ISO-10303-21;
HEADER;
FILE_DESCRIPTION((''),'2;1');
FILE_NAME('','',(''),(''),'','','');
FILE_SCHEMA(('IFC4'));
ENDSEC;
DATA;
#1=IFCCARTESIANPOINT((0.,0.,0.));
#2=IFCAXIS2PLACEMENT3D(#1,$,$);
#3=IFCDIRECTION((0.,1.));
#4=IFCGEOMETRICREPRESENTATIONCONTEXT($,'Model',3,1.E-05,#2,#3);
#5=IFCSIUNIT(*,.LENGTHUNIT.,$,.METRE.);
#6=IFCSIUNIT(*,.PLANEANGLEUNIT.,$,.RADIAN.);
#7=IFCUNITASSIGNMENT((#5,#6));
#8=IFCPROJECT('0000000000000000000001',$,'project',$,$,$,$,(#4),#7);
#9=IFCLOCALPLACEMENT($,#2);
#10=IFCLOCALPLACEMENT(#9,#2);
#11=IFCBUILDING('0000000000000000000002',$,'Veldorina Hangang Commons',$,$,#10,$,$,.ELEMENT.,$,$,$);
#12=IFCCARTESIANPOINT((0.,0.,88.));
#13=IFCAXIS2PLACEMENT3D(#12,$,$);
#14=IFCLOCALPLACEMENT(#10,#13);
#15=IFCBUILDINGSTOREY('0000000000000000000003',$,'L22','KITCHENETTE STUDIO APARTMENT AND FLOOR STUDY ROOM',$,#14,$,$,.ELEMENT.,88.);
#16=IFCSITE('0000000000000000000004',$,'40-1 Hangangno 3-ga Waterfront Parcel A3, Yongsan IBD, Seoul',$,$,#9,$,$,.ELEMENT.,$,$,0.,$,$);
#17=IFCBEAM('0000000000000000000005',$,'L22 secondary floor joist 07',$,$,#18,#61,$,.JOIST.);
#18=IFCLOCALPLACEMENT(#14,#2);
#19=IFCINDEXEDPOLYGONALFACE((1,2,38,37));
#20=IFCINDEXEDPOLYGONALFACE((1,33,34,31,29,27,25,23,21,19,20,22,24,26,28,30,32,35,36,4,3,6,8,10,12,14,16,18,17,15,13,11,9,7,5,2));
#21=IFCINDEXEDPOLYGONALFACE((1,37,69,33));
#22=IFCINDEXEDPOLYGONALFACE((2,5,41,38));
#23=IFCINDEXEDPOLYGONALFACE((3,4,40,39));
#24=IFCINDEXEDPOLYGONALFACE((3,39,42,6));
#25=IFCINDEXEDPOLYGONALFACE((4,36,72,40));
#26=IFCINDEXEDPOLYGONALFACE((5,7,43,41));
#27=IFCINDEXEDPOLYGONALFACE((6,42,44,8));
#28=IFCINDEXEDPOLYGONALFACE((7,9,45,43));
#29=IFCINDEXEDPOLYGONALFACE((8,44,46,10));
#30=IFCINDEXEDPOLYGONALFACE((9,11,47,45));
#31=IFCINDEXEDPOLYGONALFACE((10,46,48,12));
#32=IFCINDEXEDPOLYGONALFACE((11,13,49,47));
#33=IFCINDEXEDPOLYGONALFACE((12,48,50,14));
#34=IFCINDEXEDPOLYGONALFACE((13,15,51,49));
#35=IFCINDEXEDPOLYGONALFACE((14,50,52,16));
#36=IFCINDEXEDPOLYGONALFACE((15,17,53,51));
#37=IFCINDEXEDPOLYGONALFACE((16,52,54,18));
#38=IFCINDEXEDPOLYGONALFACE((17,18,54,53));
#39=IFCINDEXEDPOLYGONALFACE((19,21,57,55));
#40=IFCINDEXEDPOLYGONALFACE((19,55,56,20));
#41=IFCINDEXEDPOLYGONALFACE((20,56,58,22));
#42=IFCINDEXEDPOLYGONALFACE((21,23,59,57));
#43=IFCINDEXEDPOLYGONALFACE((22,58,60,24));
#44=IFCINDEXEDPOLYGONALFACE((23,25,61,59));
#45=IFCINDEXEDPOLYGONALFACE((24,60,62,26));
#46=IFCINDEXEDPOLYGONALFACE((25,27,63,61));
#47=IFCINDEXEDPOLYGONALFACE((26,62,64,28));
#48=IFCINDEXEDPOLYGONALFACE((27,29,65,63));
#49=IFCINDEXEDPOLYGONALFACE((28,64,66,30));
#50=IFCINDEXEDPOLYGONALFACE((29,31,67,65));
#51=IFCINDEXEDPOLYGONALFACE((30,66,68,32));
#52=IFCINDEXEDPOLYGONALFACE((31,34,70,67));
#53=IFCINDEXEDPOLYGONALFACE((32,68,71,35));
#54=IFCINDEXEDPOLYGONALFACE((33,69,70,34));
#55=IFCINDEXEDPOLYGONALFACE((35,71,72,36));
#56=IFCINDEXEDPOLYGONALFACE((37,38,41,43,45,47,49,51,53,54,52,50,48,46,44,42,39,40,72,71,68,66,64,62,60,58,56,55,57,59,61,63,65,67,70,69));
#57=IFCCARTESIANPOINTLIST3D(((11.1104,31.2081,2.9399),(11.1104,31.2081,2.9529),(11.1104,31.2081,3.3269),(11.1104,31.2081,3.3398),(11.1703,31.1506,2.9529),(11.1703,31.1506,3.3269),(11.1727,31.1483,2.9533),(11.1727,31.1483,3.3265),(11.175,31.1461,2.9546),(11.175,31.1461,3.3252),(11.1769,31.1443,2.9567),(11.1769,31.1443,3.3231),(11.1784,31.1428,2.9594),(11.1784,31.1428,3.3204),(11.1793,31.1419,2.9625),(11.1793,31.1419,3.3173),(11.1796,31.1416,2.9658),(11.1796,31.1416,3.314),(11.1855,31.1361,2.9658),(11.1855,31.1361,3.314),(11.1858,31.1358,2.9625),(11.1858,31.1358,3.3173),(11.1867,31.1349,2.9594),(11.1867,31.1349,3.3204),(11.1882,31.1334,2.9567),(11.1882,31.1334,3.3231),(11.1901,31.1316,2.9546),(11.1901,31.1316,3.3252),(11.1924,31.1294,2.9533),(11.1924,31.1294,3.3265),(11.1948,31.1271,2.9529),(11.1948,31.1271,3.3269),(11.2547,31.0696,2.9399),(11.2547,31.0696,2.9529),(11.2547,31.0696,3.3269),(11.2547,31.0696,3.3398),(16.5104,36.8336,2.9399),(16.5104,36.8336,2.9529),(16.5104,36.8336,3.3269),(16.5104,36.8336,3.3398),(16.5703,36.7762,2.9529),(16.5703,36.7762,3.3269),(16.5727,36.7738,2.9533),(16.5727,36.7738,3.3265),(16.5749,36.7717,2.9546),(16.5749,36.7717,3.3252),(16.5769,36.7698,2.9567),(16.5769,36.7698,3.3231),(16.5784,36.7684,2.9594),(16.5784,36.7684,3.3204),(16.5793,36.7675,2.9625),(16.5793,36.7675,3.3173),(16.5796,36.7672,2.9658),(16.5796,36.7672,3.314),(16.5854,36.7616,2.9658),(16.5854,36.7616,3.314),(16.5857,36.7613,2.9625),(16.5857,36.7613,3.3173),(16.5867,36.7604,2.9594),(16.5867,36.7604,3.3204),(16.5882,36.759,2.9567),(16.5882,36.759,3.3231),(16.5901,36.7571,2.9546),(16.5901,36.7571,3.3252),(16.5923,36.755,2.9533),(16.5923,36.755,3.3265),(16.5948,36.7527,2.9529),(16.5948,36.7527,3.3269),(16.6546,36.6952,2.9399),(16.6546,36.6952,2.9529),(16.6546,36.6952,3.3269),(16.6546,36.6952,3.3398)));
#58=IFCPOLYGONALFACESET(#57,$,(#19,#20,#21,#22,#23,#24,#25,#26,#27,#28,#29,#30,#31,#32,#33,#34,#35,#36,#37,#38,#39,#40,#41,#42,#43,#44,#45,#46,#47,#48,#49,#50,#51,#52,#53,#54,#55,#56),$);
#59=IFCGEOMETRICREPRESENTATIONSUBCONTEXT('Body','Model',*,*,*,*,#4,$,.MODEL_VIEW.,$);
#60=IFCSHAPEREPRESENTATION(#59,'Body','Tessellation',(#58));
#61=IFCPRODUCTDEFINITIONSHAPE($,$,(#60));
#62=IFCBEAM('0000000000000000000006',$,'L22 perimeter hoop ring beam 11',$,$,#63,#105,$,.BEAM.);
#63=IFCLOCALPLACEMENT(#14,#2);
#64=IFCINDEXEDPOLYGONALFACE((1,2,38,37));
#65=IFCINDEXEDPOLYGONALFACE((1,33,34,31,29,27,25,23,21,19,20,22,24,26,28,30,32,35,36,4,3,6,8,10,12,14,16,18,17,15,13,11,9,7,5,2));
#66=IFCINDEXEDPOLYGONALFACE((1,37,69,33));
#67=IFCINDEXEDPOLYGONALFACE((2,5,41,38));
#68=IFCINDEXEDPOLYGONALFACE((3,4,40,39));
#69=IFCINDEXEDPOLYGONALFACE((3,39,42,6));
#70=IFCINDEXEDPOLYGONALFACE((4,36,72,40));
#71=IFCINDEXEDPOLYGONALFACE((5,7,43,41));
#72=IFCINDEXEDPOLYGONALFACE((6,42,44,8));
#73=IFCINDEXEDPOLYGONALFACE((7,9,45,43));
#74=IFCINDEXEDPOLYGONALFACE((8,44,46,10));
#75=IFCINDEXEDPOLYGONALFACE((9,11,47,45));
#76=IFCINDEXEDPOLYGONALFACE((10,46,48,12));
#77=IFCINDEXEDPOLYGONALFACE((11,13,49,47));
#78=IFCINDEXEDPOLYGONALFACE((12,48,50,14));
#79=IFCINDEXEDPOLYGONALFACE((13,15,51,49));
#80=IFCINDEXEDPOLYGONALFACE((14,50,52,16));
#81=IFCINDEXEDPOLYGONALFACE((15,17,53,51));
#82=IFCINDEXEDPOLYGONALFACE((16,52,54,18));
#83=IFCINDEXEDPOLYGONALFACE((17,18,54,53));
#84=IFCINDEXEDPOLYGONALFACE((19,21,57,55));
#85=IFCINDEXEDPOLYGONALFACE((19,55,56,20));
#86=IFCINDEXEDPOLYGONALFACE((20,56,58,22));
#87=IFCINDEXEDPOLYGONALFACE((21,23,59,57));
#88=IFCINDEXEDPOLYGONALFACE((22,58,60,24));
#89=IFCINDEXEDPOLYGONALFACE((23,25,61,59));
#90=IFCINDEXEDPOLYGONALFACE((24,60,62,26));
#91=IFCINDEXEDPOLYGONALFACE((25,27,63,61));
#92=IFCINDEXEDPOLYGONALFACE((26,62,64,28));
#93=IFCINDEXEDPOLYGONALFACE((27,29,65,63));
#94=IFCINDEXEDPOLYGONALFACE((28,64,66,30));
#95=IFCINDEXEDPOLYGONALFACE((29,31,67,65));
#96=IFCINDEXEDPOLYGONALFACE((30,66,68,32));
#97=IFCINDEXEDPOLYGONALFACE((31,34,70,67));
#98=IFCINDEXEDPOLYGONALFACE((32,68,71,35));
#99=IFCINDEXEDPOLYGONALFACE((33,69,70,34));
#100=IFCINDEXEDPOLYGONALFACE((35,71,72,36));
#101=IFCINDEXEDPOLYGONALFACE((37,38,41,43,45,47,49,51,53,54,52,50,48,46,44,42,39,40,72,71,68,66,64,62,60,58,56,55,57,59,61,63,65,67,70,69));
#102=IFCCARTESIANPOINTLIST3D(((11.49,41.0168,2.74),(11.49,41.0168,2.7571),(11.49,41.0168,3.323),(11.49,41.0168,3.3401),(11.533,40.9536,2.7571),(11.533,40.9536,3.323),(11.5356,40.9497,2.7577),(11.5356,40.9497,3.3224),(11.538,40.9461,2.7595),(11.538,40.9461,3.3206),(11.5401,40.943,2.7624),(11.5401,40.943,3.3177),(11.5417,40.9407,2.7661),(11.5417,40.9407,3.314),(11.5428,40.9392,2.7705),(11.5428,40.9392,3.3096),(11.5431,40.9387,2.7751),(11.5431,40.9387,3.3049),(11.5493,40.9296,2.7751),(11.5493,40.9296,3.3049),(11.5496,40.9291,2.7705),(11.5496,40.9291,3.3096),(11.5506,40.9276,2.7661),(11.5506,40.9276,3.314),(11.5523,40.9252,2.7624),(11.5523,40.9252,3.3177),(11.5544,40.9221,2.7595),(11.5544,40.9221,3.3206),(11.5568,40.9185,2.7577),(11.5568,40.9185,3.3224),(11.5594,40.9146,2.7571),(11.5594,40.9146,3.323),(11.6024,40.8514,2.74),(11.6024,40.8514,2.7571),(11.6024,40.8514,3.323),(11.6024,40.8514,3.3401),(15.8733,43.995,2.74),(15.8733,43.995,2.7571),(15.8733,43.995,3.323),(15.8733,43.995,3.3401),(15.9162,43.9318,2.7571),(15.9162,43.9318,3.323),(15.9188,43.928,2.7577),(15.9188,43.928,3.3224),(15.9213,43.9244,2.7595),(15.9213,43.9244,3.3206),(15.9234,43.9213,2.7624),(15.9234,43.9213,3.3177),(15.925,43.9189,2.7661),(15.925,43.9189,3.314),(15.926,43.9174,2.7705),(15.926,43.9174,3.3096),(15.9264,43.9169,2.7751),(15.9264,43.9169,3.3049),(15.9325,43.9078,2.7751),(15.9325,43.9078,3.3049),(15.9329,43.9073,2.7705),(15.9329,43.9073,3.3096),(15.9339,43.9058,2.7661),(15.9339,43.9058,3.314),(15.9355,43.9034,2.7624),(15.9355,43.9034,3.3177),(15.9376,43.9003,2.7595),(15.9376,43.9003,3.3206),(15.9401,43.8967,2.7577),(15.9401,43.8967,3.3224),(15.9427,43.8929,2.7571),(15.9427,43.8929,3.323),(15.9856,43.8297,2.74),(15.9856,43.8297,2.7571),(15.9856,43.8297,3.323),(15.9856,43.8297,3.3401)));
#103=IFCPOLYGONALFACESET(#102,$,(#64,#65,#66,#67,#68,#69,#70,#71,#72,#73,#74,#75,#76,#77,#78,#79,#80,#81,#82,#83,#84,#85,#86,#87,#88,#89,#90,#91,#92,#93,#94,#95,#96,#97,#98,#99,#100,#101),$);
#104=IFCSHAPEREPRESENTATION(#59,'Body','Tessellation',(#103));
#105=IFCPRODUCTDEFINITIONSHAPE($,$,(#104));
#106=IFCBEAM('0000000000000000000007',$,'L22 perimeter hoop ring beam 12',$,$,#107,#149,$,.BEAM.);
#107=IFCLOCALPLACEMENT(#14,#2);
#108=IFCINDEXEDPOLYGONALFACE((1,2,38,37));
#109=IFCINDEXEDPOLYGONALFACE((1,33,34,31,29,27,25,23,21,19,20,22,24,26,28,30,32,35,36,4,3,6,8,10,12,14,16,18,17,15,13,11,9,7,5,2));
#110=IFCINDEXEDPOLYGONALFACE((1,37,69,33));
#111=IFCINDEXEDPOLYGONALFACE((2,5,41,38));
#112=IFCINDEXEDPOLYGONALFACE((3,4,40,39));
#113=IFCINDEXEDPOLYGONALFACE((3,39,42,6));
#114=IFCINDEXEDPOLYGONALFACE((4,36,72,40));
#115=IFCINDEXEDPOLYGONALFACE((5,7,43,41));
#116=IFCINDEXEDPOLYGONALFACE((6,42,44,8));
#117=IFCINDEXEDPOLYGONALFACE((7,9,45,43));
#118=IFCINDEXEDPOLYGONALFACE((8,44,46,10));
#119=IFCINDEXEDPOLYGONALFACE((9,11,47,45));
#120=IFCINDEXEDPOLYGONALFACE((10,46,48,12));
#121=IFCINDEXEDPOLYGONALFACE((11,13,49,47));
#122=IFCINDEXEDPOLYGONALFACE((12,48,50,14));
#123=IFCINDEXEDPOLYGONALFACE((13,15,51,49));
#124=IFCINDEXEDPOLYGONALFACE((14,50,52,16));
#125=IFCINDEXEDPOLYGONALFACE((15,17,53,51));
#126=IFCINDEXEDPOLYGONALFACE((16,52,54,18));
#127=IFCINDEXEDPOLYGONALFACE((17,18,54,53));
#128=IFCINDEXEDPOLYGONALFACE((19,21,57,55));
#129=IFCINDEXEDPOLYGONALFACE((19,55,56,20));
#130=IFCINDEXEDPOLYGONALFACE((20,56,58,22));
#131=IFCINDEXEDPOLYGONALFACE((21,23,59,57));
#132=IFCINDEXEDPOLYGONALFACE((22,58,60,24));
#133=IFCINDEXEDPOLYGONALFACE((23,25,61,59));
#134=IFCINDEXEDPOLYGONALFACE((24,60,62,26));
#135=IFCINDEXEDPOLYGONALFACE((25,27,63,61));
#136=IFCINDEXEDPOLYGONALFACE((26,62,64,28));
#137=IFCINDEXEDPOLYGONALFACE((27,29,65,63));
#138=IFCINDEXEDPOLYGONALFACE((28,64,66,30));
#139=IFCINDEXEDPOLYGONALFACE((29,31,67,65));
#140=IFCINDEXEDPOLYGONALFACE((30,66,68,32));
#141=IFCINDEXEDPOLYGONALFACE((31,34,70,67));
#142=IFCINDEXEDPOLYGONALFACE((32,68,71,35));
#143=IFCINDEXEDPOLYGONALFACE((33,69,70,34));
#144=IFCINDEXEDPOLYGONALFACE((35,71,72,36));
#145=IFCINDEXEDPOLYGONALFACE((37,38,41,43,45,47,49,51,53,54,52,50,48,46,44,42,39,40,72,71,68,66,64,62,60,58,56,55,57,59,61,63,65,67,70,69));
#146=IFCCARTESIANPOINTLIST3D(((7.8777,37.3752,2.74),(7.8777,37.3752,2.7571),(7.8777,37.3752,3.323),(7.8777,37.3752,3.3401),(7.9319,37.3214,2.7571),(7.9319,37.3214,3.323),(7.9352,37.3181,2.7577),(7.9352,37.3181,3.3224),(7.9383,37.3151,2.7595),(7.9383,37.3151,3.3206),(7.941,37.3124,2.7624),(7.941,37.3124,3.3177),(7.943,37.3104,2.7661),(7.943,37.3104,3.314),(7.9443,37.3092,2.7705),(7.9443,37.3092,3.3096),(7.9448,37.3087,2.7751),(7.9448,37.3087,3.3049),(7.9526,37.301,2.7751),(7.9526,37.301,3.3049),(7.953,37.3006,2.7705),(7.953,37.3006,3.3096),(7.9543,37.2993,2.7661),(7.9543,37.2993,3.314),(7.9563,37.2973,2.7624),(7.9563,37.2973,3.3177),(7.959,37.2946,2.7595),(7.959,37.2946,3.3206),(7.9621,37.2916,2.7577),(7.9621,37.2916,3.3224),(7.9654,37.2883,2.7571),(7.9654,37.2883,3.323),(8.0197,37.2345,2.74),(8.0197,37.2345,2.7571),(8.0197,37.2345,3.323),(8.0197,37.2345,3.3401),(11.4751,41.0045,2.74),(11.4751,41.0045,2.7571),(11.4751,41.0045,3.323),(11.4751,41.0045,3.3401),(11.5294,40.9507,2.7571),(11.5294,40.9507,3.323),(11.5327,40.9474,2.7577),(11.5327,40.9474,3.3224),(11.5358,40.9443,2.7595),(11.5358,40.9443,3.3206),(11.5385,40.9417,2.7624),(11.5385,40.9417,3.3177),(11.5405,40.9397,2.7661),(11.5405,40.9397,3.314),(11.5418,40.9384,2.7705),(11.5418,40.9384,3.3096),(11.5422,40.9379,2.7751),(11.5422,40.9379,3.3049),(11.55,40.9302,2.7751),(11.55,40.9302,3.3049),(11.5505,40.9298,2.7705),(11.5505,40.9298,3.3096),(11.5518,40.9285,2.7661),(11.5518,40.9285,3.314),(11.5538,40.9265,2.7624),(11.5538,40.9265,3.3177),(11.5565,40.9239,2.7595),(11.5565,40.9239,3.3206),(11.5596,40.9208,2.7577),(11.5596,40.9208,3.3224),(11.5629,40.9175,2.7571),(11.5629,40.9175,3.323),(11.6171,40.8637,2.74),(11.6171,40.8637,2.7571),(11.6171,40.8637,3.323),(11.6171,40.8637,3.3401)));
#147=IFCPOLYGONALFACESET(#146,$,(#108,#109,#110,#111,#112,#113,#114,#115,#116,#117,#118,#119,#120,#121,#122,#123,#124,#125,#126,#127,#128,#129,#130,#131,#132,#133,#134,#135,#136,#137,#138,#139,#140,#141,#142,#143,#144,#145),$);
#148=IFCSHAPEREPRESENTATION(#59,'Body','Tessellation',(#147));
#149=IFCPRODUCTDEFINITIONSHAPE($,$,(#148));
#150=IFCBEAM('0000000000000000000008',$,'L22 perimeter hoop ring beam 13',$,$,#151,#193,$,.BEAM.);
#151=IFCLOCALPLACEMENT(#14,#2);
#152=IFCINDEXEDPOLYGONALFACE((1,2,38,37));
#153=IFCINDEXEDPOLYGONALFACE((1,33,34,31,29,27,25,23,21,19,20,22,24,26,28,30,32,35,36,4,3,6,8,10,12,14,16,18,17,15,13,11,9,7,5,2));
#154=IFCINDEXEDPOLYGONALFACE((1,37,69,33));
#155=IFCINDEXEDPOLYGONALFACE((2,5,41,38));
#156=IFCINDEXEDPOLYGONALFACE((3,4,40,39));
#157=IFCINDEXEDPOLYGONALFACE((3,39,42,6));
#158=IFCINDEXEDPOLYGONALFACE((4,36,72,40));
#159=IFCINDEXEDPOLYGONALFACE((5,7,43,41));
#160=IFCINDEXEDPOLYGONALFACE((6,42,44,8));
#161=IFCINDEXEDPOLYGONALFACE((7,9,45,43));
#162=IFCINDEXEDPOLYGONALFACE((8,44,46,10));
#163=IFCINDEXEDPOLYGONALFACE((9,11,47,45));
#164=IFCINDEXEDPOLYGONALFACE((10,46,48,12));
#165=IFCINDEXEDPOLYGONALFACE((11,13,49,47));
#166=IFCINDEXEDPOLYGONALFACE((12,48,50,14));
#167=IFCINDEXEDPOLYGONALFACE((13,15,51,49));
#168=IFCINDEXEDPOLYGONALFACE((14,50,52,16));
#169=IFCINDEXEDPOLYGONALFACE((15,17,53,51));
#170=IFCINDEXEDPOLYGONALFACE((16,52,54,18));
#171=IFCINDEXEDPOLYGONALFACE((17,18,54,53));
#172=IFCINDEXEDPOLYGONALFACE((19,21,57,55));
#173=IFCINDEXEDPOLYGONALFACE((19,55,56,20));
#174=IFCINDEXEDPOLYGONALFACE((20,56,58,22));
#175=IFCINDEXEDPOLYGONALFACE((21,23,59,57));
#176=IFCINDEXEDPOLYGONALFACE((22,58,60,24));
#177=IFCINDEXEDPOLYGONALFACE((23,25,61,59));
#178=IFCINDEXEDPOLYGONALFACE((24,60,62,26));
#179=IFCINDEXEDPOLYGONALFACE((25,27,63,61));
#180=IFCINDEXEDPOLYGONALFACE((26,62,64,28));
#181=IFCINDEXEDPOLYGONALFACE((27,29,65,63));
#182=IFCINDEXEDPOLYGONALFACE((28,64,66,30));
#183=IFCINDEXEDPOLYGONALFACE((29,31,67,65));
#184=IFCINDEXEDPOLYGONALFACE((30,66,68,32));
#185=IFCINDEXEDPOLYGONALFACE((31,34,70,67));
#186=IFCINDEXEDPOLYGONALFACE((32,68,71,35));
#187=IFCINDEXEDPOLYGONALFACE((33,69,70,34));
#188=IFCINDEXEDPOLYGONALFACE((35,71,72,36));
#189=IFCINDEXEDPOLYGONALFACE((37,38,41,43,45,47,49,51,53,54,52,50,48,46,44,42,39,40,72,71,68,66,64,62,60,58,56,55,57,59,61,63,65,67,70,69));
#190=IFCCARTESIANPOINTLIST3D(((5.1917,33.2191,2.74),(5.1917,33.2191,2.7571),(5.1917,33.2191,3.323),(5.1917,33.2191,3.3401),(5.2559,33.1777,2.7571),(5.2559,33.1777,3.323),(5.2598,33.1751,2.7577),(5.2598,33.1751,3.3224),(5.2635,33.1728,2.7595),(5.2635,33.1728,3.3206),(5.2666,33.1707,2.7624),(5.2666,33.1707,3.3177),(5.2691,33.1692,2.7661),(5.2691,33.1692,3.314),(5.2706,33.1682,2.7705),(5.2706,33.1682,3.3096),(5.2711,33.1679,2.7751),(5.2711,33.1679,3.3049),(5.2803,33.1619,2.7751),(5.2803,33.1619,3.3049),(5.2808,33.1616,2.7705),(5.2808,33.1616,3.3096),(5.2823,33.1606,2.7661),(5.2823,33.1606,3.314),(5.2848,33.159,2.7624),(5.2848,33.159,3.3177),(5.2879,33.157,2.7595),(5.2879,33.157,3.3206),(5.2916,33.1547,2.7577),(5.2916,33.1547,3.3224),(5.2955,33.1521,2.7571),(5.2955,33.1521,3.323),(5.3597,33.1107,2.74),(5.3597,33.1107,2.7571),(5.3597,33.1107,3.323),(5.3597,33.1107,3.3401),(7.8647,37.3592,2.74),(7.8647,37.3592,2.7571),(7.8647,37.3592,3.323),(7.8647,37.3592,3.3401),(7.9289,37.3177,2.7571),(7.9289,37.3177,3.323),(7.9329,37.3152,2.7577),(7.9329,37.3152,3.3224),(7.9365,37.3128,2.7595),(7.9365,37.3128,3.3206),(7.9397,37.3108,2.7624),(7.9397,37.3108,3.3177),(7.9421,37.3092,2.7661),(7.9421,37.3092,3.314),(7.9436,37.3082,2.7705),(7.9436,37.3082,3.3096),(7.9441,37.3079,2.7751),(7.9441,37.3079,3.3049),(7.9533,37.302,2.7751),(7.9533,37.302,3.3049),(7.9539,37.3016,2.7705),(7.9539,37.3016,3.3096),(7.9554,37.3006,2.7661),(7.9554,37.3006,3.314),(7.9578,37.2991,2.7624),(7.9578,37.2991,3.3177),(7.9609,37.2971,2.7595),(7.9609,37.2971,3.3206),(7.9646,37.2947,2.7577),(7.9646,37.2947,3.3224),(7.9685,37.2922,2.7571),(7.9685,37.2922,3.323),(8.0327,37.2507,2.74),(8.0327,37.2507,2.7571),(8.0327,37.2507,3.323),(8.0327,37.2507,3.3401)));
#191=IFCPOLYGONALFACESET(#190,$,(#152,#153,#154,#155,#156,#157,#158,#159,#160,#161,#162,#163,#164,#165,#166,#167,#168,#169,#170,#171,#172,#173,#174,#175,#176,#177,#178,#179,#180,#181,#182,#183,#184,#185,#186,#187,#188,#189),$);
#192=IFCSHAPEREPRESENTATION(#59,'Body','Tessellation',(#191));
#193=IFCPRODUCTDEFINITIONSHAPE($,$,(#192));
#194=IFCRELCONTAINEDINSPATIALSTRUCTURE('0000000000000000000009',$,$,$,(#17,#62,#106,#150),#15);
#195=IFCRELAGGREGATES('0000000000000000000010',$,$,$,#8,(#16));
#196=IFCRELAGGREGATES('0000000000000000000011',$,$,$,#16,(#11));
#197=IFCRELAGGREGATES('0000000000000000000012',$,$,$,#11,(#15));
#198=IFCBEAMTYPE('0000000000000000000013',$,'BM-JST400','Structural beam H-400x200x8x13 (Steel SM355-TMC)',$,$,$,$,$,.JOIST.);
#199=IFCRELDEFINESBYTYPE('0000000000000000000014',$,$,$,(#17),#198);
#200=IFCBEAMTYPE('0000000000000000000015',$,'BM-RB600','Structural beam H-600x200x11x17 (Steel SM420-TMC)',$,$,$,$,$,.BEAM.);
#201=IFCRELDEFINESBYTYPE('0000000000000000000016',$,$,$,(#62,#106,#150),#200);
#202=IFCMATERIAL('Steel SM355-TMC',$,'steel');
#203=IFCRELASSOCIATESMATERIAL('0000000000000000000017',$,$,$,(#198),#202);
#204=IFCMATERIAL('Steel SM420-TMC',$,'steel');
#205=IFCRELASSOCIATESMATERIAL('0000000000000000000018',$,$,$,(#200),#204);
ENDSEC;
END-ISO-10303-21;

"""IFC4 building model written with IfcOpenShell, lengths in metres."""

from ifc_helpers import new_model, si_unit, direction, frame, origin, origin_2d, place, context, subcontext, project, spatial, i_section, extrude, material, material_profile, profile_set, type_object, element, save


model = new_model("IFC4")

# Units and contexts
model_context = context("Model", 3, precision=1e-05, world=origin(), true_north=direction((0.0, 1.0)))
body_context = subcontext(model_context, "Body", "Model", "MODEL_VIEW")
ifc_project = project(units=[si_unit("LENGTHUNIT", "METRE"), si_unit("PLANEANGLEUNIT", "RADIAN")], contexts=[model_context])

# Site, building, storey
site_placement = place(None, origin())
site = spatial("IfcSite", under=ifc_project, at=site_placement, Name="40-1 Hangangno 3-ga Waterfront Parcel A3, Yongsan IBD, Seoul", CompositionType="ELEMENT", RefElevation=0.0)
building_placement = place(site_placement, origin())
building = spatial("IfcBuilding", under=site, at=building_placement, Name="Veldorina Hangang Commons", CompositionType="ELEMENT")
storey_placement = place(building_placement, frame((0.0, 0.0, 88.0)))
storey = spatial("IfcBuildingStorey", under=building, at=storey_placement, Name="L22", Description="KITCHENETTE STUDIO APARTMENT AND FLOOR STUDY ROOM", CompositionType="ELEMENT", Elevation=88.0)

# Beams
ifc_material_1 = material(Name="Steel SM355-TMC", Category="steel")
ifc_material_profile_1 = material_profile(ifc_material_1, i_section(OverallWidth=0.2, OverallDepth=0.3999, WebThickness=0.0081, FlangeThickness=0.0129, FilletRadius=0.0129, at=origin_2d()), Name="H-400x200x8x13")
ifc_profile_set_1 = profile_set([ifc_material_profile_1], Name="Steel SM355-TMC")
beam_type_1 = type_object("IfcBeamType", Name="BM-JST400", Description="Structural beam H-400x200x8x13 (Steel SM355-TMC)", PredefinedType="JOIST", material=ifc_profile_set_1)
beam_1_placement = place(storey_placement, frame((16.5825, 36.7644, 3.1399), z_axis=(-0.692494, -0.721424, 0.0), x_axis=(0.721424, -0.692494, 0.0)))
element("IfcBeam", 1, at=beam_1_placement, inside=storey, type_object=beam_type_1, Name="L22 secondary floor joist 07", PredefinedType="JOIST", context=body_context, shape_type="SweptSolid", body=[
    extrude(i_section(OverallWidth=0.2, OverallDepth=0.3999, WebThickness=0.0081, FlangeThickness=0.0129, FilletRadius=0.0129, at=origin_2d()), origin(), (0.0, 0.0, 1.0), 7.7979),
])
ifc_material_2 = material(Name="Steel SM420-TMC", Category="steel")
ifc_material_profile_2 = material_profile(ifc_material_2, i_section(OverallWidth=0.2, OverallDepth=0.6001, WebThickness=0.011, FlangeThickness=0.0171, FilletRadius=0.0181, at=origin_2d()), Name="H-600x200x11x17")
ifc_profile_set_2 = profile_set([ifc_material_profile_2], Name="Steel SM420-TMC")
beam_type_2 = type_object("IfcBeamType", Name="BM-RB600", Description="Structural beam H-600x200x11x17 (Steel SM420-TMC)", PredefinedType="BEAM", material=ifc_profile_set_2)
beam_2_placement = place(storey_placement, frame((15.9294, 43.9124, 3.04), z_axis=(-0.827135, -0.562004, 0.0), x_axis=(0.562004, -0.827135, 0.0)))
element("IfcBeam", 2, at=beam_2_placement, inside=storey, type_object=beam_type_2, Name="L22 perimeter hoop ring beam 11", PredefinedType="BEAM", context=body_context, shape_type="SweptSolid", body=[
    extrude(i_section(OverallWidth=0.2, OverallDepth=0.6001, WebThickness=0.011, FlangeThickness=0.0171, FilletRadius=0.0181, at=origin_2d()), origin(), (0.0, 0.0, 1.0), 5.2993),
])
beam_3_placement = place(storey_placement, frame((11.5461, 40.9341, 3.04), z_axis=(-0.703994, -0.710205, 0.0), x_axis=(0.710205, -0.703994, 0.0)))
element("IfcBeam", 3, at=beam_3_placement, inside=storey, type_object=beam_type_2, Name="L22 perimeter hoop ring beam 12", PredefinedType="BEAM", context=body_context, shape_type="SweptSolid", body=[
    extrude(i_section(OverallWidth=0.2, OverallDepth=0.6001, WebThickness=0.011, FlangeThickness=0.0171, FilletRadius=0.0181, at=origin_2d()), origin(), (0.0, 0.0, 1.0), 5.1101),
])
beam_4_placement = place(storey_placement, frame((7.9487, 37.3049, 3.04), z_axis=(-0.542419, -0.840108, 0.0), x_axis=(0.840108, -0.542419, 0.0)))
element("IfcBeam", 4, at=beam_4_placement, inside=storey, type_object=beam_type_2, Name="L22 perimeter hoop ring beam 13", PredefinedType="BEAM", context=body_context, shape_type="SweptSolid", body=[
    extrude(i_section(OverallWidth=0.2, OverallDepth=0.6001, WebThickness=0.011, FlangeThickness=0.0171, FilletRadius=0.0181, at=origin_2d()), origin(), (0.0, 0.0, 1.0), 4.928),
])

save(model, "model.ifc")
